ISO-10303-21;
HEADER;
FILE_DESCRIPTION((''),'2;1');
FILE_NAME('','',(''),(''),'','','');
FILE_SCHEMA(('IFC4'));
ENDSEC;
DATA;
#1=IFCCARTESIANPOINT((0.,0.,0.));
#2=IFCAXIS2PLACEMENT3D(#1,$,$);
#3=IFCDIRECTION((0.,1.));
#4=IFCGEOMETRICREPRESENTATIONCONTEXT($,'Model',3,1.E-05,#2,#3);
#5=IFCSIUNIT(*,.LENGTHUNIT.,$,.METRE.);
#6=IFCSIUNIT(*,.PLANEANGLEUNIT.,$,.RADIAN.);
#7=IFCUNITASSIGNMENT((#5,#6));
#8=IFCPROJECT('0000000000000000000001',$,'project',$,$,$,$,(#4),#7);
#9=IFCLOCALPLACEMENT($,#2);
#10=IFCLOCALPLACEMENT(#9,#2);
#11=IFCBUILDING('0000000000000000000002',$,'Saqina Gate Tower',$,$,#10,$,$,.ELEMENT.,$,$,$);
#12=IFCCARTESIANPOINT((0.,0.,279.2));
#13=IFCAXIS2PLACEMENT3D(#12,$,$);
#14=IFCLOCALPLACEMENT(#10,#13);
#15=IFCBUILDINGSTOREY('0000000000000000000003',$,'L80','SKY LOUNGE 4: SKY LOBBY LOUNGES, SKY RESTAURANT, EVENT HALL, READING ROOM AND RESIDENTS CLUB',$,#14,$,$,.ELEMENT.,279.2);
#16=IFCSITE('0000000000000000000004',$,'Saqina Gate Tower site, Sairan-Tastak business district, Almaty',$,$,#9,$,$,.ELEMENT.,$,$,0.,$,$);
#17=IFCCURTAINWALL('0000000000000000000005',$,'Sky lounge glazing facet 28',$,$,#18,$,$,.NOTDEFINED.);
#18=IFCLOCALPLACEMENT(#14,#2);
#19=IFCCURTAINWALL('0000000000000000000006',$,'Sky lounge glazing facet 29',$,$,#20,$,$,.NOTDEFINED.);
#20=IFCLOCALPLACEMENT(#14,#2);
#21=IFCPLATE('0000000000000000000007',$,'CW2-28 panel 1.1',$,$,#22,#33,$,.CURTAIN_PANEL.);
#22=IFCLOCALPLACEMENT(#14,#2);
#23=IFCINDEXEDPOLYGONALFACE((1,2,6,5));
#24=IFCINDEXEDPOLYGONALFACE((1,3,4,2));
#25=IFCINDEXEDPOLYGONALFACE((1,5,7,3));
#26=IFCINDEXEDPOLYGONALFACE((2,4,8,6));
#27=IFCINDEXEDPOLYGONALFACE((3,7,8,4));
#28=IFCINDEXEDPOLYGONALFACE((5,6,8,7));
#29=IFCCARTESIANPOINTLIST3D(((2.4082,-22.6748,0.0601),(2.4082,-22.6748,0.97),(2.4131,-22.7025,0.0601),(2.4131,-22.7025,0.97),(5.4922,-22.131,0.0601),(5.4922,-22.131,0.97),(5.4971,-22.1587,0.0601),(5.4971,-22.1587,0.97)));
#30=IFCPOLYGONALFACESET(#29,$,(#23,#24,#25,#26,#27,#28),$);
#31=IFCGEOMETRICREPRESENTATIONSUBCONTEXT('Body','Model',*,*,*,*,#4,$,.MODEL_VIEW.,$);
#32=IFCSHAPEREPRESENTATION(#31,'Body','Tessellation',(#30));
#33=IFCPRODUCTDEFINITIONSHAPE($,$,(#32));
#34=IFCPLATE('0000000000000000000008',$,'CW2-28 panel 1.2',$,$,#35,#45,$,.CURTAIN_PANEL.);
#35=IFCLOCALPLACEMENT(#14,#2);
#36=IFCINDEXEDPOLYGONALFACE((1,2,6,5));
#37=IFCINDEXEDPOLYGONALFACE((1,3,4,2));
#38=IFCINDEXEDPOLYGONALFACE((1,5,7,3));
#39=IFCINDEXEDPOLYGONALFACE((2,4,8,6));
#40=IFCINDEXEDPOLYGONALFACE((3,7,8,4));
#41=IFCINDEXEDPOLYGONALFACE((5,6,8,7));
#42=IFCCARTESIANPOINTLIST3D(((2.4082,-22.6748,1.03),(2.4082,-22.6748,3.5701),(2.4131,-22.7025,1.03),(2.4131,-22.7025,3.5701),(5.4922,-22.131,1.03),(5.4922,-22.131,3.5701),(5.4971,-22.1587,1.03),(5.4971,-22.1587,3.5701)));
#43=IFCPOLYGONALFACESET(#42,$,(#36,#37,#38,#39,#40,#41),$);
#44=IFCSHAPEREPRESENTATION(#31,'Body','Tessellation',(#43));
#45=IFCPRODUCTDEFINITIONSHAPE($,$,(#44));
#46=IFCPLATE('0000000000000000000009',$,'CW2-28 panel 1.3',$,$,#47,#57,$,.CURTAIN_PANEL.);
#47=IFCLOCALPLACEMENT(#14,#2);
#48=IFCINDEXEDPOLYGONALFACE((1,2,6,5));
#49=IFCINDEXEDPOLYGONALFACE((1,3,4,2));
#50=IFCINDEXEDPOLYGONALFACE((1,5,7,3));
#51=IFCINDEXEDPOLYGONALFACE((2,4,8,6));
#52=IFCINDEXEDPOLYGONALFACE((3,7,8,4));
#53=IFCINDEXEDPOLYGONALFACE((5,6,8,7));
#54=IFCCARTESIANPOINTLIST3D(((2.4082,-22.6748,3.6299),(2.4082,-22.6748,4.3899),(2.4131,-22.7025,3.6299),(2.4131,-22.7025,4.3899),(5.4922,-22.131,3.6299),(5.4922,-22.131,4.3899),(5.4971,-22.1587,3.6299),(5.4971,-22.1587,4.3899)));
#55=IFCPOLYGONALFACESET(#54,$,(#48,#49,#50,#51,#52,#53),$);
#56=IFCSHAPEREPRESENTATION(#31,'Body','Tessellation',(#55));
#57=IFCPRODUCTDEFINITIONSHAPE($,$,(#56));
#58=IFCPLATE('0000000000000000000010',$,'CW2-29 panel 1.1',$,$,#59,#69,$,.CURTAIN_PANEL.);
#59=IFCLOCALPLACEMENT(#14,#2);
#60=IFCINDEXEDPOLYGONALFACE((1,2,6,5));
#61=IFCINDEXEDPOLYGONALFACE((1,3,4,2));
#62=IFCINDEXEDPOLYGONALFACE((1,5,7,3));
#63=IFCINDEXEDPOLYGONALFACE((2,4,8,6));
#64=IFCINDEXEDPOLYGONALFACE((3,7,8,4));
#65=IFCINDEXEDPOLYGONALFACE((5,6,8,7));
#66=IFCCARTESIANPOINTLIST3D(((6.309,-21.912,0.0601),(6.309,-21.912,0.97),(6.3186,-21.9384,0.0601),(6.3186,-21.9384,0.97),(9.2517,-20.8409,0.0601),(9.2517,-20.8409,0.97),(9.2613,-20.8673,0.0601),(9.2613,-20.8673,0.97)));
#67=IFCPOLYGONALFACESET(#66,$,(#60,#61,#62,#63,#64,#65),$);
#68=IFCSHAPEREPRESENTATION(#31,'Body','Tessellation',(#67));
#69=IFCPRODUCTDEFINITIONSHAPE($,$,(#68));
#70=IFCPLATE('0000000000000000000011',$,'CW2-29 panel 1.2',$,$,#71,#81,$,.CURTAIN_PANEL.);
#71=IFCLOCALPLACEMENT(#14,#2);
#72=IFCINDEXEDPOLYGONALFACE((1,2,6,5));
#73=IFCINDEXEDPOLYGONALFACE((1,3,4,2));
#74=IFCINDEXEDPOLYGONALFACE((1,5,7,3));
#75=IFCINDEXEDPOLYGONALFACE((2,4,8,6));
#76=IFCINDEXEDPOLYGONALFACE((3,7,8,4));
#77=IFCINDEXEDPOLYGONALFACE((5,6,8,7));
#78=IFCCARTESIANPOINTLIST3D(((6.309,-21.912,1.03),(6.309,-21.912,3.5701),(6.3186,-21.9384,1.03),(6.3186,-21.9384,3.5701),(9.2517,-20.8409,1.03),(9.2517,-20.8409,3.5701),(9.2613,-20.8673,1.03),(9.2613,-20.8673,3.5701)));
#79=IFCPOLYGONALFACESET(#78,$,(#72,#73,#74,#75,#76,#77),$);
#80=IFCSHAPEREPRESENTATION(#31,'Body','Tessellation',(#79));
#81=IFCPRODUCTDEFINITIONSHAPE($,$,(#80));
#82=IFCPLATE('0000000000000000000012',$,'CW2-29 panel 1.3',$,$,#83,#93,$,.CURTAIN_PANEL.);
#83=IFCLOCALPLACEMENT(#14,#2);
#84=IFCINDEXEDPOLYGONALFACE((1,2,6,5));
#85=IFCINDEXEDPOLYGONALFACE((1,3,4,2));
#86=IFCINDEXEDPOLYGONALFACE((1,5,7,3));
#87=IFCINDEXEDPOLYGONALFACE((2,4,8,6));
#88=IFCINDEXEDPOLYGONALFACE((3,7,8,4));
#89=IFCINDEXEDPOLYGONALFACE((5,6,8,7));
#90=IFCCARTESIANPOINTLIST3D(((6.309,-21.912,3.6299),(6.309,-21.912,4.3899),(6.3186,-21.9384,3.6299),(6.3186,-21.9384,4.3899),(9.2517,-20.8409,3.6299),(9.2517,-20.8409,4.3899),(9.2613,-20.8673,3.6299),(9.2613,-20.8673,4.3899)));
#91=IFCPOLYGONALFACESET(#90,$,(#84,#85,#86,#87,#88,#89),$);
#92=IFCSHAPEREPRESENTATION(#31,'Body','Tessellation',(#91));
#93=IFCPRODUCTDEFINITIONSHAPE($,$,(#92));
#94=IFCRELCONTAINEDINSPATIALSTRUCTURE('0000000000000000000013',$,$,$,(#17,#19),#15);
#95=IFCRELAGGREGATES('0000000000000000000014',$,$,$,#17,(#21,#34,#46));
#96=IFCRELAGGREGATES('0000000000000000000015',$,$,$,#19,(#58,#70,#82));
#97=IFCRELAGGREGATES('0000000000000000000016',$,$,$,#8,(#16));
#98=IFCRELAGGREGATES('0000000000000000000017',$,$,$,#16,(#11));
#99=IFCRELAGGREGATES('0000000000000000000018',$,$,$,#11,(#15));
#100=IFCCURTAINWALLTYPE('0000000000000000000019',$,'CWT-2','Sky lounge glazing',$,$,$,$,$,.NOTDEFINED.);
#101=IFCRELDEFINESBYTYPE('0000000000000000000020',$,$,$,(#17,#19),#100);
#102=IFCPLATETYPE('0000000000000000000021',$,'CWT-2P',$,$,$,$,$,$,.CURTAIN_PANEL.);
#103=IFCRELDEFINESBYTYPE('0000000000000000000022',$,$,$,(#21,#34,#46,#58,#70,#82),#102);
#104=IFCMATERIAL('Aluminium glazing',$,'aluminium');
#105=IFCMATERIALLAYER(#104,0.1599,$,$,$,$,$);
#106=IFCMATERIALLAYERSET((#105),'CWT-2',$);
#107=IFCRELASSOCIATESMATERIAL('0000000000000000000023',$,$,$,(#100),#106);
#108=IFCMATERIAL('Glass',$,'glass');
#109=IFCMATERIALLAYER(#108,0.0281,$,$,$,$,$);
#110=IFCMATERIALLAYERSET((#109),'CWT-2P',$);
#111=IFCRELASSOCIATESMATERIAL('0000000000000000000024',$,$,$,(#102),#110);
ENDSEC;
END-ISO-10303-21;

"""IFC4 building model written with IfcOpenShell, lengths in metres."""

from ifc_helpers import new_model, si_unit, direction, frame, origin, origin_2d, place, context, subcontext, project, spatial, rectangle, extrude, material, layer, layer_set, type_object, element, aggregate, save


model = new_model("IFC4")

# Units and contexts
model_context = context("Model", 3, precision=1e-05, world=origin(), true_north=direction((0.0, 1.0)))
body_context = subcontext(model_context, "Body", "Model", "MODEL_VIEW")
ifc_project = project(units=[si_unit("LENGTHUNIT", "METRE"), si_unit("PLANEANGLEUNIT", "RADIAN")], contexts=[model_context])

# Site, building, storey
site_placement = place(None, origin())
site = spatial("IfcSite", under=ifc_project, at=site_placement, Name="Saqina Gate Tower site, Sairan-Tastak business district, Almaty", CompositionType="ELEMENT", RefElevation=0.0)
building_placement = place(site_placement, origin())
building = spatial("IfcBuilding", under=site, at=building_placement, Name="Saqina Gate Tower", CompositionType="ELEMENT")
storey_placement = place(building_placement, frame((0.0, 0.0, 279.2)))
storey = spatial("IfcBuildingStorey", under=building, at=storey_placement, Name="L80", Description="SKY LOUNGE 4: SKY LOBBY LOUNGES, SKY RESTAURANT, EVENT HALL, READING ROOM AND RESIDENTS CLUB", CompositionType="ELEMENT", Elevation=279.2)

# Shared definitions
ifc_material_1 = material(Name="Aluminium glazing", Category="aluminium")
ifc_layer_1 = layer(ifc_material_1, 0.1599)
ifc_layer_set_1 = layer_set([ifc_layer_1], Name="CWT-2")
curtain_wall_type = type_object("IfcCurtainWallType", Name="CWT-2", Description="Sky lounge glazing", PredefinedType="NOTDEFINED", material=ifc_layer_set_1)

# Curtain wall
curtain_wall_1_placement = place(storey_placement, origin())
curtain_wall_1 = element("IfcCurtainWall", 1, at=curtain_wall_1_placement, inside=storey, type_object=curtain_wall_type, Name="Sky lounge glazing facet 28", PredefinedType="NOTDEFINED")

# Curtain wall
curtain_wall_2_placement = place(storey_placement, origin())
curtain_wall_2 = element("IfcCurtainWall", 2, at=curtain_wall_2_placement, inside=storey, type_object=curtain_wall_type, Name="Sky lounge glazing facet 29", PredefinedType="NOTDEFINED")

# Plates
ifc_material_2 = material(Name="Glass", Category="glass")
ifc_layer_2 = layer(ifc_material_2, 0.0281)
ifc_layer_set_2 = layer_set([ifc_layer_2], Name="CWT-2P")
plate_type = type_object("IfcPlateType", Name="CWT-2P", PredefinedType="CURTAIN_PANEL", material=ifc_layer_set_2)
plate_1_placement = place(storey_placement, frame((3.9526, -22.4167, 0.0601), z_axis=(0.0, 0.0, 1.0), x_axis=(0.984805, 0.173663, 0.0)))
plate_1 = element("IfcPlate", 3, at=plate_1_placement, type_object=plate_type, Name="CW2-28 panel 1.1", PredefinedType="CURTAIN_PANEL", context=body_context, shape_type="SweptSolid", body=[
    extrude(rectangle(XDim=3.1316, YDim=0.0281, at=origin_2d()), origin(), (0.0, 0.0, 1.0), 0.9099),
])
plate_2_placement = place(storey_placement, frame((3.9526, -22.4167, 1.03), z_axis=(0.0, 0.0, 1.0), x_axis=(0.984805, 0.173663, 0.0)))
plate_2 = element("IfcPlate", 4, at=plate_2_placement, type_object=plate_type, Name="CW2-28 panel 1.2", PredefinedType="CURTAIN_PANEL", context=body_context, shape_type="SweptSolid", body=[
    extrude(rectangle(XDim=3.1316, YDim=0.0281, at=origin_2d()), origin(), (0.0, 0.0, 1.0), 2.54),
])
plate_3_placement = place(storey_placement, frame((3.9526, -22.4167, 3.6299), z_axis=(0.0, 0.0, 1.0), x_axis=(0.984805, 0.173663, 0.0)))
plate_3 = element("IfcPlate", 5, at=plate_3_placement, type_object=plate_type, Name="CW2-28 panel 1.3", PredefinedType="CURTAIN_PANEL", context=body_context, shape_type="SweptSolid", body=[
    extrude(rectangle(XDim=3.1316, YDim=0.0281, at=origin_2d()), origin(), (0.0, 0.0, 1.0), 0.76),
])
aggregate(curtain_wall_1, [plate_1, plate_2, plate_3])
plate_4_placement = place(storey_placement, frame((7.7852, -21.3896, 0.0601), z_axis=(0.0, 0.0, 1.0), x_axis=(0.939697, 0.342007, 0.0)))
plate_4 = element("IfcPlate", 6, at=plate_4_placement, type_object=plate_type, Name="CW2-29 panel 1.1", PredefinedType="CURTAIN_PANEL", context=body_context, shape_type="SweptSolid", body=[
    extrude(rectangle(XDim=3.1316, YDim=0.0281, at=origin_2d()), origin(), (0.0, 0.0, 1.0), 0.9099),
])
plate_5_placement = place(storey_placement, frame((7.7852, -21.3896, 1.03), z_axis=(0.0, 0.0, 1.0), x_axis=(0.939697, 0.342007, 0.0)))
plate_5 = element("IfcPlate", 7, at=plate_5_placement, type_object=plate_type, Name="CW2-29 panel 1.2", PredefinedType="CURTAIN_PANEL", context=body_context, shape_type="SweptSolid", body=[
    extrude(rectangle(XDim=3.1316, YDim=0.0281, at=origin_2d()), origin(), (0.0, 0.0, 1.0), 2.54),
])
plate_6_placement = place(storey_placement, frame((7.7852, -21.3896, 3.6299), z_axis=(0.0, 0.0, 1.0), x_axis=(0.939697, 0.342007, 0.0)))
plate_6 = element("IfcPlate", 8, at=plate_6_placement, type_object=plate_type, Name="CW2-29 panel 1.3", PredefinedType="CURTAIN_PANEL", context=body_context, shape_type="SweptSolid", body=[
    extrude(rectangle(XDim=3.1316, YDim=0.0281, at=origin_2d()), origin(), (0.0, 0.0, 1.0), 0.76),
])
aggregate(curtain_wall_2, [plate_4, plate_5, plate_6])

save(model, "model.ifc")
